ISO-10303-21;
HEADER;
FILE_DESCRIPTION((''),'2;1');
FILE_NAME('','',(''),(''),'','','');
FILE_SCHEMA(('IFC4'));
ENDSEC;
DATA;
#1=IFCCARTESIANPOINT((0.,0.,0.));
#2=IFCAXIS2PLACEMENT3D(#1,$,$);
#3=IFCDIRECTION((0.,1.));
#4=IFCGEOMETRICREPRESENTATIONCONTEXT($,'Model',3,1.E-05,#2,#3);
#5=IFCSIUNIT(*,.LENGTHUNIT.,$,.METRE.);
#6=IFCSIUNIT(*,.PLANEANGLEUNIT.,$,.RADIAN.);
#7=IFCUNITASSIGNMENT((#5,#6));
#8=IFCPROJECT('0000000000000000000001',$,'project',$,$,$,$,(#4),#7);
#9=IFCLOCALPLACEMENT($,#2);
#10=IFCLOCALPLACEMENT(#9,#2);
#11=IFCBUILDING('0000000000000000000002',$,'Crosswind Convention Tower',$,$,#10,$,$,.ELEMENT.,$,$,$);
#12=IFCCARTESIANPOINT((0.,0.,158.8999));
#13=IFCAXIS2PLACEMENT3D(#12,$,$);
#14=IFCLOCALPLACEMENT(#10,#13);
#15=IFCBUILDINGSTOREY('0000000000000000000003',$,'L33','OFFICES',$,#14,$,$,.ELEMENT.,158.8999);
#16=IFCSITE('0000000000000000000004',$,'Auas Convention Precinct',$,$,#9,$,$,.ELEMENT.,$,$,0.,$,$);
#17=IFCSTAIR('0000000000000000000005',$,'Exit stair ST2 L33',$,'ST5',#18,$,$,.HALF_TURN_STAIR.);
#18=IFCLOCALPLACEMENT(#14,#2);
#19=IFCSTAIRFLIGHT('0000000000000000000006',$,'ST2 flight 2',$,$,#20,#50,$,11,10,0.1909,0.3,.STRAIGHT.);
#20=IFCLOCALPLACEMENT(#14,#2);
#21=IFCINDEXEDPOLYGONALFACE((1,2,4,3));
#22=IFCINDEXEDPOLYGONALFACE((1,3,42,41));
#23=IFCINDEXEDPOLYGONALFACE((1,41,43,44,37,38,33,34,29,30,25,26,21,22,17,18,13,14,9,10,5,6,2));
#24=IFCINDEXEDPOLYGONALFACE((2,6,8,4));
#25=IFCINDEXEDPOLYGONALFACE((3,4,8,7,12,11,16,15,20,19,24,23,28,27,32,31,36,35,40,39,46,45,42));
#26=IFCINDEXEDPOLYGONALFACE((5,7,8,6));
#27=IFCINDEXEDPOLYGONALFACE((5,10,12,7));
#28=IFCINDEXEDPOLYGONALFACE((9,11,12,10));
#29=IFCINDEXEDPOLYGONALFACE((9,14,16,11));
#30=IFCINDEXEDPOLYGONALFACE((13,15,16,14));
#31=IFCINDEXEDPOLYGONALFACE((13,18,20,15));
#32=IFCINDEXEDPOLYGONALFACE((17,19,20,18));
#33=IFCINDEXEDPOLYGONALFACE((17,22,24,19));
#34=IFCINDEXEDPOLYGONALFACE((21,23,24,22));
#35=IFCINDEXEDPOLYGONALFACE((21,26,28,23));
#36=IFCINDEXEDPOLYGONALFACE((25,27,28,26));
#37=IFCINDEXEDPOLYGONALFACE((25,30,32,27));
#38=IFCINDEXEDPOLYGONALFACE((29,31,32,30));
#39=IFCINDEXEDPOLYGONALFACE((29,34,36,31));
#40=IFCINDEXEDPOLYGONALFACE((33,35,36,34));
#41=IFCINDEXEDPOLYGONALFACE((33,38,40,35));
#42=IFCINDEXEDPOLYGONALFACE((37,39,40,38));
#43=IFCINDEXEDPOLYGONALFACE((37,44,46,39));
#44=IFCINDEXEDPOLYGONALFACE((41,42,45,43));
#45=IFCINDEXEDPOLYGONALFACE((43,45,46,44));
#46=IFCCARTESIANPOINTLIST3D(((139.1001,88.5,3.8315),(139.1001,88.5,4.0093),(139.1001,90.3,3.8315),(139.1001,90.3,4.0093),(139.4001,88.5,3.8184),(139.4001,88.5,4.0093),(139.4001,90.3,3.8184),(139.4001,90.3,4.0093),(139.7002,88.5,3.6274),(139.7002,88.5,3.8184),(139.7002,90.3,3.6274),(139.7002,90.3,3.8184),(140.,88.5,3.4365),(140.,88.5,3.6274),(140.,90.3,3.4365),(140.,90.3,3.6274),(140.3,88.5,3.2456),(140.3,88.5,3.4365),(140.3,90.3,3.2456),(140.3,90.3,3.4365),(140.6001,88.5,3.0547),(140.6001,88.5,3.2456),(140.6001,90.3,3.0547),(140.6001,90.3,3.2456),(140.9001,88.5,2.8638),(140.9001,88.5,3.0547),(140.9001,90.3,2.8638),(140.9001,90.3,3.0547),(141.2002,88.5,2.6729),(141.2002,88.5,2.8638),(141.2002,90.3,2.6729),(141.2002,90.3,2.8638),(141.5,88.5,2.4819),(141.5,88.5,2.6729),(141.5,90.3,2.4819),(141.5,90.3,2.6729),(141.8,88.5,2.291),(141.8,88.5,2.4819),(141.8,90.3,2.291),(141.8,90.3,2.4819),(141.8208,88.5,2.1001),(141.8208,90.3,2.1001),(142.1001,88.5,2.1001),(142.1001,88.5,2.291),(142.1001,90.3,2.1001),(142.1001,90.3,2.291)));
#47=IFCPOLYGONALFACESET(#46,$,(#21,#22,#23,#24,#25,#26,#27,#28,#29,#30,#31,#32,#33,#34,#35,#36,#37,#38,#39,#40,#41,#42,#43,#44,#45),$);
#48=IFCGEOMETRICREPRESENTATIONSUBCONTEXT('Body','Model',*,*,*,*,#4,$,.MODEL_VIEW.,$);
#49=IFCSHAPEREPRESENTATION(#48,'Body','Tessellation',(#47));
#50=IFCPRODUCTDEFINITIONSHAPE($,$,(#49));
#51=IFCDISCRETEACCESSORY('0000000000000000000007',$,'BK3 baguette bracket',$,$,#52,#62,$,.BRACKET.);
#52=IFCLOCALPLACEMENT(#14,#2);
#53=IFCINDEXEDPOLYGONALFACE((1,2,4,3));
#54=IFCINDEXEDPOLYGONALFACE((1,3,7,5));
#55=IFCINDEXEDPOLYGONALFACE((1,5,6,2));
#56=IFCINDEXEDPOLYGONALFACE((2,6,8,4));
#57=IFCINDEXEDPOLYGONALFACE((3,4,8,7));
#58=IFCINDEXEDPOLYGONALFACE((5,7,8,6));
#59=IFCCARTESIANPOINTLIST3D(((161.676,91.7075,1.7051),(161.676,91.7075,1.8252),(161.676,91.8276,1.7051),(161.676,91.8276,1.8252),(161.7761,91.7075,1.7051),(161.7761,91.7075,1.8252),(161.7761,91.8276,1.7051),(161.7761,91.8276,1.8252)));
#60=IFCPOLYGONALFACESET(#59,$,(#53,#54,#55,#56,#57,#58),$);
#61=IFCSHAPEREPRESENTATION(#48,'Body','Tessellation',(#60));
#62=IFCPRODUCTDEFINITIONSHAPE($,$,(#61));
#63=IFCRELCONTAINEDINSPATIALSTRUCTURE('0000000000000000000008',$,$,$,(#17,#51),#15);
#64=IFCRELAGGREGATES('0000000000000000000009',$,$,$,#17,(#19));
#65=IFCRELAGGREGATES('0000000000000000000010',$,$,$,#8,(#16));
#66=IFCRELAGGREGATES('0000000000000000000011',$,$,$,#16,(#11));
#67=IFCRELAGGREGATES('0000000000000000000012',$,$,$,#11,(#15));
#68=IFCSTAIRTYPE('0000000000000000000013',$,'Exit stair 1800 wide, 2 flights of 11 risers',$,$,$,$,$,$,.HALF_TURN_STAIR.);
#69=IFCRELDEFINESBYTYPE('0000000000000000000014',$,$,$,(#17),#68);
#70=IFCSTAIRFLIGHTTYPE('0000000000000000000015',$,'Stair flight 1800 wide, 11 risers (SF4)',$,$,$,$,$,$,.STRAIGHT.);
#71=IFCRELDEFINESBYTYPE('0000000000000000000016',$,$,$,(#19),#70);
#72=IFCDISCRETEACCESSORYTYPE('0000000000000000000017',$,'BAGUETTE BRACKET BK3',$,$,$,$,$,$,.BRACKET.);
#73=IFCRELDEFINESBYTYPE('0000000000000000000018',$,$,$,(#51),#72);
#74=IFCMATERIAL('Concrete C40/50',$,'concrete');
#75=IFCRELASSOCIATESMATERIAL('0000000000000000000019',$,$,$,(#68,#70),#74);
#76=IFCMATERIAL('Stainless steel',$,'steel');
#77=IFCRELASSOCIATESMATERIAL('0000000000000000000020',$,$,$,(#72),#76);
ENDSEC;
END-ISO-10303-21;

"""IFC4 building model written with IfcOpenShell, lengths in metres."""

from ifc_helpers import new_model, si_unit, direction, frame, origin, origin_2d, place, context, subcontext, project, spatial, polyline, rectangle, outline, extrude, material, type_object, element, aggregate, save


model = new_model("IFC4")

# Units and contexts
model_context = context("Model", 3, precision=1e-05, world=origin(), true_north=direction((0.0, 1.0)))
body_context = subcontext(model_context, "Body", "Model", "MODEL_VIEW")
ifc_project = project(units=[si_unit("LENGTHUNIT", "METRE"), si_unit("PLANEANGLEUNIT", "RADIAN")], contexts=[model_context])

# Site, building, storey
site_placement = place(None, origin())
site = spatial("IfcSite", under=ifc_project, at=site_placement, Name="Auas Convention Precinct", CompositionType="ELEMENT", RefElevation=0.0)
building_placement = place(site_placement, origin())
building = spatial("IfcBuilding", under=site, at=building_placement, Name="Crosswind Convention Tower", CompositionType="ELEMENT")
storey_placement = place(building_placement, frame((0.0, 0.0, 158.8999)))
storey = spatial("IfcBuildingStorey", under=building, at=storey_placement, Name="L33", Description="OFFICES", CompositionType="ELEMENT", Elevation=158.8999)

# Stair, stair flight
ifc_material_1 = material(Name="Concrete C40/50", Category="concrete")
stair_type = type_object("IfcStairType", Name="Exit stair 1800 wide, 2 flights of 11 risers", PredefinedType="HALF_TURN_STAIR", material=ifc_material_1)
stair_placement = place(storey_placement, origin())
stair = element("IfcStair", 1, at=stair_placement, inside=storey, type_object=stair_type, Name="Exit stair ST2 L33", ObjectType="ST5", PredefinedType="HALF_TURN_STAIR")
stair_flight_type = type_object("IfcStairFlightType", Name="Stair flight 1800 wide, 11 risers (SF4)", PredefinedType="STRAIGHT", material=ifc_material_1)
stair_flight_1_placement = place(storey_placement, frame((142.1001, 89.3999, 2.1001), z_axis=(0.0, 0.0, 1.0), x_axis=(-1.0, 0.0, 0.0)))
stair_flight_1 = element("IfcStairFlight", 2, at=stair_flight_1_placement, type_object=stair_flight_type, Name="ST2 flight 2", NumberOfRisers=11, NumberOfTreads=10, PredefinedType="STRAIGHT", RiserHeight=0.1909, TreadLength=0.3, context=body_context, shape_type="SweptSolid", body=[
    extrude(outline(polyline([(0.0, 0.0), (0.0, 0.1909), (0.3, 0.1909), (0.3, 0.3818), (0.6001, 0.3818), (0.6001, 0.5728), (0.8999, 0.5728), (0.8999, 0.7637), (1.2, 0.7637), (1.2, 0.9546), (1.5, 0.9546), (1.5, 1.1455), (1.8, 1.1455), (1.8, 1.3364), (2.1001, 1.3364), (2.1001, 1.5273), (2.3999, 1.5273), (2.3999, 1.7183), (2.7, 1.7183), (2.7, 1.9092), (3.0, 1.9092), (3.0, 2.1001), (3.0, 1.7314), (0.2793, 0.0), (0.0, 0.0)])), frame((0.0, 0.8999, 0.0), z_axis=(0.0, -1.0, 0.0), x_axis=(1.0, 0.0, 0.0)), (0.0, 0.0, 1.0), 1.8),
])
aggregate(stair, [stair_flight_1])

# Shared definitions
ifc_material_2 = material(Name="Stainless steel", Category="steel")

# Discrete accessory
discrete_accessory_type = type_object("IfcDiscreteAccessoryType", Name="BAGUETTE BRACKET BK3", PredefinedType="BRACKET", material=ifc_material_2)
discrete_accessory_placement = place(storey_placement, frame((161.7261, 91.7676, 1.7051), z_axis=(0.0, 0.0, 1.0), x_axis=(0.0, 1.0, 0.0)))
element("IfcDiscreteAccessory", 3, at=discrete_accessory_placement, inside=storey, type_object=discrete_accessory_type, Name="BK3 baguette bracket", PredefinedType="BRACKET", context=body_context, shape_type="SweptSolid", body=[
    extrude(rectangle(XDim=0.1201, YDim=0.1001, at=origin_2d()), origin(), (0.0, 0.0, 1.0), 0.1201),
])

save(model, "model.ifc")
